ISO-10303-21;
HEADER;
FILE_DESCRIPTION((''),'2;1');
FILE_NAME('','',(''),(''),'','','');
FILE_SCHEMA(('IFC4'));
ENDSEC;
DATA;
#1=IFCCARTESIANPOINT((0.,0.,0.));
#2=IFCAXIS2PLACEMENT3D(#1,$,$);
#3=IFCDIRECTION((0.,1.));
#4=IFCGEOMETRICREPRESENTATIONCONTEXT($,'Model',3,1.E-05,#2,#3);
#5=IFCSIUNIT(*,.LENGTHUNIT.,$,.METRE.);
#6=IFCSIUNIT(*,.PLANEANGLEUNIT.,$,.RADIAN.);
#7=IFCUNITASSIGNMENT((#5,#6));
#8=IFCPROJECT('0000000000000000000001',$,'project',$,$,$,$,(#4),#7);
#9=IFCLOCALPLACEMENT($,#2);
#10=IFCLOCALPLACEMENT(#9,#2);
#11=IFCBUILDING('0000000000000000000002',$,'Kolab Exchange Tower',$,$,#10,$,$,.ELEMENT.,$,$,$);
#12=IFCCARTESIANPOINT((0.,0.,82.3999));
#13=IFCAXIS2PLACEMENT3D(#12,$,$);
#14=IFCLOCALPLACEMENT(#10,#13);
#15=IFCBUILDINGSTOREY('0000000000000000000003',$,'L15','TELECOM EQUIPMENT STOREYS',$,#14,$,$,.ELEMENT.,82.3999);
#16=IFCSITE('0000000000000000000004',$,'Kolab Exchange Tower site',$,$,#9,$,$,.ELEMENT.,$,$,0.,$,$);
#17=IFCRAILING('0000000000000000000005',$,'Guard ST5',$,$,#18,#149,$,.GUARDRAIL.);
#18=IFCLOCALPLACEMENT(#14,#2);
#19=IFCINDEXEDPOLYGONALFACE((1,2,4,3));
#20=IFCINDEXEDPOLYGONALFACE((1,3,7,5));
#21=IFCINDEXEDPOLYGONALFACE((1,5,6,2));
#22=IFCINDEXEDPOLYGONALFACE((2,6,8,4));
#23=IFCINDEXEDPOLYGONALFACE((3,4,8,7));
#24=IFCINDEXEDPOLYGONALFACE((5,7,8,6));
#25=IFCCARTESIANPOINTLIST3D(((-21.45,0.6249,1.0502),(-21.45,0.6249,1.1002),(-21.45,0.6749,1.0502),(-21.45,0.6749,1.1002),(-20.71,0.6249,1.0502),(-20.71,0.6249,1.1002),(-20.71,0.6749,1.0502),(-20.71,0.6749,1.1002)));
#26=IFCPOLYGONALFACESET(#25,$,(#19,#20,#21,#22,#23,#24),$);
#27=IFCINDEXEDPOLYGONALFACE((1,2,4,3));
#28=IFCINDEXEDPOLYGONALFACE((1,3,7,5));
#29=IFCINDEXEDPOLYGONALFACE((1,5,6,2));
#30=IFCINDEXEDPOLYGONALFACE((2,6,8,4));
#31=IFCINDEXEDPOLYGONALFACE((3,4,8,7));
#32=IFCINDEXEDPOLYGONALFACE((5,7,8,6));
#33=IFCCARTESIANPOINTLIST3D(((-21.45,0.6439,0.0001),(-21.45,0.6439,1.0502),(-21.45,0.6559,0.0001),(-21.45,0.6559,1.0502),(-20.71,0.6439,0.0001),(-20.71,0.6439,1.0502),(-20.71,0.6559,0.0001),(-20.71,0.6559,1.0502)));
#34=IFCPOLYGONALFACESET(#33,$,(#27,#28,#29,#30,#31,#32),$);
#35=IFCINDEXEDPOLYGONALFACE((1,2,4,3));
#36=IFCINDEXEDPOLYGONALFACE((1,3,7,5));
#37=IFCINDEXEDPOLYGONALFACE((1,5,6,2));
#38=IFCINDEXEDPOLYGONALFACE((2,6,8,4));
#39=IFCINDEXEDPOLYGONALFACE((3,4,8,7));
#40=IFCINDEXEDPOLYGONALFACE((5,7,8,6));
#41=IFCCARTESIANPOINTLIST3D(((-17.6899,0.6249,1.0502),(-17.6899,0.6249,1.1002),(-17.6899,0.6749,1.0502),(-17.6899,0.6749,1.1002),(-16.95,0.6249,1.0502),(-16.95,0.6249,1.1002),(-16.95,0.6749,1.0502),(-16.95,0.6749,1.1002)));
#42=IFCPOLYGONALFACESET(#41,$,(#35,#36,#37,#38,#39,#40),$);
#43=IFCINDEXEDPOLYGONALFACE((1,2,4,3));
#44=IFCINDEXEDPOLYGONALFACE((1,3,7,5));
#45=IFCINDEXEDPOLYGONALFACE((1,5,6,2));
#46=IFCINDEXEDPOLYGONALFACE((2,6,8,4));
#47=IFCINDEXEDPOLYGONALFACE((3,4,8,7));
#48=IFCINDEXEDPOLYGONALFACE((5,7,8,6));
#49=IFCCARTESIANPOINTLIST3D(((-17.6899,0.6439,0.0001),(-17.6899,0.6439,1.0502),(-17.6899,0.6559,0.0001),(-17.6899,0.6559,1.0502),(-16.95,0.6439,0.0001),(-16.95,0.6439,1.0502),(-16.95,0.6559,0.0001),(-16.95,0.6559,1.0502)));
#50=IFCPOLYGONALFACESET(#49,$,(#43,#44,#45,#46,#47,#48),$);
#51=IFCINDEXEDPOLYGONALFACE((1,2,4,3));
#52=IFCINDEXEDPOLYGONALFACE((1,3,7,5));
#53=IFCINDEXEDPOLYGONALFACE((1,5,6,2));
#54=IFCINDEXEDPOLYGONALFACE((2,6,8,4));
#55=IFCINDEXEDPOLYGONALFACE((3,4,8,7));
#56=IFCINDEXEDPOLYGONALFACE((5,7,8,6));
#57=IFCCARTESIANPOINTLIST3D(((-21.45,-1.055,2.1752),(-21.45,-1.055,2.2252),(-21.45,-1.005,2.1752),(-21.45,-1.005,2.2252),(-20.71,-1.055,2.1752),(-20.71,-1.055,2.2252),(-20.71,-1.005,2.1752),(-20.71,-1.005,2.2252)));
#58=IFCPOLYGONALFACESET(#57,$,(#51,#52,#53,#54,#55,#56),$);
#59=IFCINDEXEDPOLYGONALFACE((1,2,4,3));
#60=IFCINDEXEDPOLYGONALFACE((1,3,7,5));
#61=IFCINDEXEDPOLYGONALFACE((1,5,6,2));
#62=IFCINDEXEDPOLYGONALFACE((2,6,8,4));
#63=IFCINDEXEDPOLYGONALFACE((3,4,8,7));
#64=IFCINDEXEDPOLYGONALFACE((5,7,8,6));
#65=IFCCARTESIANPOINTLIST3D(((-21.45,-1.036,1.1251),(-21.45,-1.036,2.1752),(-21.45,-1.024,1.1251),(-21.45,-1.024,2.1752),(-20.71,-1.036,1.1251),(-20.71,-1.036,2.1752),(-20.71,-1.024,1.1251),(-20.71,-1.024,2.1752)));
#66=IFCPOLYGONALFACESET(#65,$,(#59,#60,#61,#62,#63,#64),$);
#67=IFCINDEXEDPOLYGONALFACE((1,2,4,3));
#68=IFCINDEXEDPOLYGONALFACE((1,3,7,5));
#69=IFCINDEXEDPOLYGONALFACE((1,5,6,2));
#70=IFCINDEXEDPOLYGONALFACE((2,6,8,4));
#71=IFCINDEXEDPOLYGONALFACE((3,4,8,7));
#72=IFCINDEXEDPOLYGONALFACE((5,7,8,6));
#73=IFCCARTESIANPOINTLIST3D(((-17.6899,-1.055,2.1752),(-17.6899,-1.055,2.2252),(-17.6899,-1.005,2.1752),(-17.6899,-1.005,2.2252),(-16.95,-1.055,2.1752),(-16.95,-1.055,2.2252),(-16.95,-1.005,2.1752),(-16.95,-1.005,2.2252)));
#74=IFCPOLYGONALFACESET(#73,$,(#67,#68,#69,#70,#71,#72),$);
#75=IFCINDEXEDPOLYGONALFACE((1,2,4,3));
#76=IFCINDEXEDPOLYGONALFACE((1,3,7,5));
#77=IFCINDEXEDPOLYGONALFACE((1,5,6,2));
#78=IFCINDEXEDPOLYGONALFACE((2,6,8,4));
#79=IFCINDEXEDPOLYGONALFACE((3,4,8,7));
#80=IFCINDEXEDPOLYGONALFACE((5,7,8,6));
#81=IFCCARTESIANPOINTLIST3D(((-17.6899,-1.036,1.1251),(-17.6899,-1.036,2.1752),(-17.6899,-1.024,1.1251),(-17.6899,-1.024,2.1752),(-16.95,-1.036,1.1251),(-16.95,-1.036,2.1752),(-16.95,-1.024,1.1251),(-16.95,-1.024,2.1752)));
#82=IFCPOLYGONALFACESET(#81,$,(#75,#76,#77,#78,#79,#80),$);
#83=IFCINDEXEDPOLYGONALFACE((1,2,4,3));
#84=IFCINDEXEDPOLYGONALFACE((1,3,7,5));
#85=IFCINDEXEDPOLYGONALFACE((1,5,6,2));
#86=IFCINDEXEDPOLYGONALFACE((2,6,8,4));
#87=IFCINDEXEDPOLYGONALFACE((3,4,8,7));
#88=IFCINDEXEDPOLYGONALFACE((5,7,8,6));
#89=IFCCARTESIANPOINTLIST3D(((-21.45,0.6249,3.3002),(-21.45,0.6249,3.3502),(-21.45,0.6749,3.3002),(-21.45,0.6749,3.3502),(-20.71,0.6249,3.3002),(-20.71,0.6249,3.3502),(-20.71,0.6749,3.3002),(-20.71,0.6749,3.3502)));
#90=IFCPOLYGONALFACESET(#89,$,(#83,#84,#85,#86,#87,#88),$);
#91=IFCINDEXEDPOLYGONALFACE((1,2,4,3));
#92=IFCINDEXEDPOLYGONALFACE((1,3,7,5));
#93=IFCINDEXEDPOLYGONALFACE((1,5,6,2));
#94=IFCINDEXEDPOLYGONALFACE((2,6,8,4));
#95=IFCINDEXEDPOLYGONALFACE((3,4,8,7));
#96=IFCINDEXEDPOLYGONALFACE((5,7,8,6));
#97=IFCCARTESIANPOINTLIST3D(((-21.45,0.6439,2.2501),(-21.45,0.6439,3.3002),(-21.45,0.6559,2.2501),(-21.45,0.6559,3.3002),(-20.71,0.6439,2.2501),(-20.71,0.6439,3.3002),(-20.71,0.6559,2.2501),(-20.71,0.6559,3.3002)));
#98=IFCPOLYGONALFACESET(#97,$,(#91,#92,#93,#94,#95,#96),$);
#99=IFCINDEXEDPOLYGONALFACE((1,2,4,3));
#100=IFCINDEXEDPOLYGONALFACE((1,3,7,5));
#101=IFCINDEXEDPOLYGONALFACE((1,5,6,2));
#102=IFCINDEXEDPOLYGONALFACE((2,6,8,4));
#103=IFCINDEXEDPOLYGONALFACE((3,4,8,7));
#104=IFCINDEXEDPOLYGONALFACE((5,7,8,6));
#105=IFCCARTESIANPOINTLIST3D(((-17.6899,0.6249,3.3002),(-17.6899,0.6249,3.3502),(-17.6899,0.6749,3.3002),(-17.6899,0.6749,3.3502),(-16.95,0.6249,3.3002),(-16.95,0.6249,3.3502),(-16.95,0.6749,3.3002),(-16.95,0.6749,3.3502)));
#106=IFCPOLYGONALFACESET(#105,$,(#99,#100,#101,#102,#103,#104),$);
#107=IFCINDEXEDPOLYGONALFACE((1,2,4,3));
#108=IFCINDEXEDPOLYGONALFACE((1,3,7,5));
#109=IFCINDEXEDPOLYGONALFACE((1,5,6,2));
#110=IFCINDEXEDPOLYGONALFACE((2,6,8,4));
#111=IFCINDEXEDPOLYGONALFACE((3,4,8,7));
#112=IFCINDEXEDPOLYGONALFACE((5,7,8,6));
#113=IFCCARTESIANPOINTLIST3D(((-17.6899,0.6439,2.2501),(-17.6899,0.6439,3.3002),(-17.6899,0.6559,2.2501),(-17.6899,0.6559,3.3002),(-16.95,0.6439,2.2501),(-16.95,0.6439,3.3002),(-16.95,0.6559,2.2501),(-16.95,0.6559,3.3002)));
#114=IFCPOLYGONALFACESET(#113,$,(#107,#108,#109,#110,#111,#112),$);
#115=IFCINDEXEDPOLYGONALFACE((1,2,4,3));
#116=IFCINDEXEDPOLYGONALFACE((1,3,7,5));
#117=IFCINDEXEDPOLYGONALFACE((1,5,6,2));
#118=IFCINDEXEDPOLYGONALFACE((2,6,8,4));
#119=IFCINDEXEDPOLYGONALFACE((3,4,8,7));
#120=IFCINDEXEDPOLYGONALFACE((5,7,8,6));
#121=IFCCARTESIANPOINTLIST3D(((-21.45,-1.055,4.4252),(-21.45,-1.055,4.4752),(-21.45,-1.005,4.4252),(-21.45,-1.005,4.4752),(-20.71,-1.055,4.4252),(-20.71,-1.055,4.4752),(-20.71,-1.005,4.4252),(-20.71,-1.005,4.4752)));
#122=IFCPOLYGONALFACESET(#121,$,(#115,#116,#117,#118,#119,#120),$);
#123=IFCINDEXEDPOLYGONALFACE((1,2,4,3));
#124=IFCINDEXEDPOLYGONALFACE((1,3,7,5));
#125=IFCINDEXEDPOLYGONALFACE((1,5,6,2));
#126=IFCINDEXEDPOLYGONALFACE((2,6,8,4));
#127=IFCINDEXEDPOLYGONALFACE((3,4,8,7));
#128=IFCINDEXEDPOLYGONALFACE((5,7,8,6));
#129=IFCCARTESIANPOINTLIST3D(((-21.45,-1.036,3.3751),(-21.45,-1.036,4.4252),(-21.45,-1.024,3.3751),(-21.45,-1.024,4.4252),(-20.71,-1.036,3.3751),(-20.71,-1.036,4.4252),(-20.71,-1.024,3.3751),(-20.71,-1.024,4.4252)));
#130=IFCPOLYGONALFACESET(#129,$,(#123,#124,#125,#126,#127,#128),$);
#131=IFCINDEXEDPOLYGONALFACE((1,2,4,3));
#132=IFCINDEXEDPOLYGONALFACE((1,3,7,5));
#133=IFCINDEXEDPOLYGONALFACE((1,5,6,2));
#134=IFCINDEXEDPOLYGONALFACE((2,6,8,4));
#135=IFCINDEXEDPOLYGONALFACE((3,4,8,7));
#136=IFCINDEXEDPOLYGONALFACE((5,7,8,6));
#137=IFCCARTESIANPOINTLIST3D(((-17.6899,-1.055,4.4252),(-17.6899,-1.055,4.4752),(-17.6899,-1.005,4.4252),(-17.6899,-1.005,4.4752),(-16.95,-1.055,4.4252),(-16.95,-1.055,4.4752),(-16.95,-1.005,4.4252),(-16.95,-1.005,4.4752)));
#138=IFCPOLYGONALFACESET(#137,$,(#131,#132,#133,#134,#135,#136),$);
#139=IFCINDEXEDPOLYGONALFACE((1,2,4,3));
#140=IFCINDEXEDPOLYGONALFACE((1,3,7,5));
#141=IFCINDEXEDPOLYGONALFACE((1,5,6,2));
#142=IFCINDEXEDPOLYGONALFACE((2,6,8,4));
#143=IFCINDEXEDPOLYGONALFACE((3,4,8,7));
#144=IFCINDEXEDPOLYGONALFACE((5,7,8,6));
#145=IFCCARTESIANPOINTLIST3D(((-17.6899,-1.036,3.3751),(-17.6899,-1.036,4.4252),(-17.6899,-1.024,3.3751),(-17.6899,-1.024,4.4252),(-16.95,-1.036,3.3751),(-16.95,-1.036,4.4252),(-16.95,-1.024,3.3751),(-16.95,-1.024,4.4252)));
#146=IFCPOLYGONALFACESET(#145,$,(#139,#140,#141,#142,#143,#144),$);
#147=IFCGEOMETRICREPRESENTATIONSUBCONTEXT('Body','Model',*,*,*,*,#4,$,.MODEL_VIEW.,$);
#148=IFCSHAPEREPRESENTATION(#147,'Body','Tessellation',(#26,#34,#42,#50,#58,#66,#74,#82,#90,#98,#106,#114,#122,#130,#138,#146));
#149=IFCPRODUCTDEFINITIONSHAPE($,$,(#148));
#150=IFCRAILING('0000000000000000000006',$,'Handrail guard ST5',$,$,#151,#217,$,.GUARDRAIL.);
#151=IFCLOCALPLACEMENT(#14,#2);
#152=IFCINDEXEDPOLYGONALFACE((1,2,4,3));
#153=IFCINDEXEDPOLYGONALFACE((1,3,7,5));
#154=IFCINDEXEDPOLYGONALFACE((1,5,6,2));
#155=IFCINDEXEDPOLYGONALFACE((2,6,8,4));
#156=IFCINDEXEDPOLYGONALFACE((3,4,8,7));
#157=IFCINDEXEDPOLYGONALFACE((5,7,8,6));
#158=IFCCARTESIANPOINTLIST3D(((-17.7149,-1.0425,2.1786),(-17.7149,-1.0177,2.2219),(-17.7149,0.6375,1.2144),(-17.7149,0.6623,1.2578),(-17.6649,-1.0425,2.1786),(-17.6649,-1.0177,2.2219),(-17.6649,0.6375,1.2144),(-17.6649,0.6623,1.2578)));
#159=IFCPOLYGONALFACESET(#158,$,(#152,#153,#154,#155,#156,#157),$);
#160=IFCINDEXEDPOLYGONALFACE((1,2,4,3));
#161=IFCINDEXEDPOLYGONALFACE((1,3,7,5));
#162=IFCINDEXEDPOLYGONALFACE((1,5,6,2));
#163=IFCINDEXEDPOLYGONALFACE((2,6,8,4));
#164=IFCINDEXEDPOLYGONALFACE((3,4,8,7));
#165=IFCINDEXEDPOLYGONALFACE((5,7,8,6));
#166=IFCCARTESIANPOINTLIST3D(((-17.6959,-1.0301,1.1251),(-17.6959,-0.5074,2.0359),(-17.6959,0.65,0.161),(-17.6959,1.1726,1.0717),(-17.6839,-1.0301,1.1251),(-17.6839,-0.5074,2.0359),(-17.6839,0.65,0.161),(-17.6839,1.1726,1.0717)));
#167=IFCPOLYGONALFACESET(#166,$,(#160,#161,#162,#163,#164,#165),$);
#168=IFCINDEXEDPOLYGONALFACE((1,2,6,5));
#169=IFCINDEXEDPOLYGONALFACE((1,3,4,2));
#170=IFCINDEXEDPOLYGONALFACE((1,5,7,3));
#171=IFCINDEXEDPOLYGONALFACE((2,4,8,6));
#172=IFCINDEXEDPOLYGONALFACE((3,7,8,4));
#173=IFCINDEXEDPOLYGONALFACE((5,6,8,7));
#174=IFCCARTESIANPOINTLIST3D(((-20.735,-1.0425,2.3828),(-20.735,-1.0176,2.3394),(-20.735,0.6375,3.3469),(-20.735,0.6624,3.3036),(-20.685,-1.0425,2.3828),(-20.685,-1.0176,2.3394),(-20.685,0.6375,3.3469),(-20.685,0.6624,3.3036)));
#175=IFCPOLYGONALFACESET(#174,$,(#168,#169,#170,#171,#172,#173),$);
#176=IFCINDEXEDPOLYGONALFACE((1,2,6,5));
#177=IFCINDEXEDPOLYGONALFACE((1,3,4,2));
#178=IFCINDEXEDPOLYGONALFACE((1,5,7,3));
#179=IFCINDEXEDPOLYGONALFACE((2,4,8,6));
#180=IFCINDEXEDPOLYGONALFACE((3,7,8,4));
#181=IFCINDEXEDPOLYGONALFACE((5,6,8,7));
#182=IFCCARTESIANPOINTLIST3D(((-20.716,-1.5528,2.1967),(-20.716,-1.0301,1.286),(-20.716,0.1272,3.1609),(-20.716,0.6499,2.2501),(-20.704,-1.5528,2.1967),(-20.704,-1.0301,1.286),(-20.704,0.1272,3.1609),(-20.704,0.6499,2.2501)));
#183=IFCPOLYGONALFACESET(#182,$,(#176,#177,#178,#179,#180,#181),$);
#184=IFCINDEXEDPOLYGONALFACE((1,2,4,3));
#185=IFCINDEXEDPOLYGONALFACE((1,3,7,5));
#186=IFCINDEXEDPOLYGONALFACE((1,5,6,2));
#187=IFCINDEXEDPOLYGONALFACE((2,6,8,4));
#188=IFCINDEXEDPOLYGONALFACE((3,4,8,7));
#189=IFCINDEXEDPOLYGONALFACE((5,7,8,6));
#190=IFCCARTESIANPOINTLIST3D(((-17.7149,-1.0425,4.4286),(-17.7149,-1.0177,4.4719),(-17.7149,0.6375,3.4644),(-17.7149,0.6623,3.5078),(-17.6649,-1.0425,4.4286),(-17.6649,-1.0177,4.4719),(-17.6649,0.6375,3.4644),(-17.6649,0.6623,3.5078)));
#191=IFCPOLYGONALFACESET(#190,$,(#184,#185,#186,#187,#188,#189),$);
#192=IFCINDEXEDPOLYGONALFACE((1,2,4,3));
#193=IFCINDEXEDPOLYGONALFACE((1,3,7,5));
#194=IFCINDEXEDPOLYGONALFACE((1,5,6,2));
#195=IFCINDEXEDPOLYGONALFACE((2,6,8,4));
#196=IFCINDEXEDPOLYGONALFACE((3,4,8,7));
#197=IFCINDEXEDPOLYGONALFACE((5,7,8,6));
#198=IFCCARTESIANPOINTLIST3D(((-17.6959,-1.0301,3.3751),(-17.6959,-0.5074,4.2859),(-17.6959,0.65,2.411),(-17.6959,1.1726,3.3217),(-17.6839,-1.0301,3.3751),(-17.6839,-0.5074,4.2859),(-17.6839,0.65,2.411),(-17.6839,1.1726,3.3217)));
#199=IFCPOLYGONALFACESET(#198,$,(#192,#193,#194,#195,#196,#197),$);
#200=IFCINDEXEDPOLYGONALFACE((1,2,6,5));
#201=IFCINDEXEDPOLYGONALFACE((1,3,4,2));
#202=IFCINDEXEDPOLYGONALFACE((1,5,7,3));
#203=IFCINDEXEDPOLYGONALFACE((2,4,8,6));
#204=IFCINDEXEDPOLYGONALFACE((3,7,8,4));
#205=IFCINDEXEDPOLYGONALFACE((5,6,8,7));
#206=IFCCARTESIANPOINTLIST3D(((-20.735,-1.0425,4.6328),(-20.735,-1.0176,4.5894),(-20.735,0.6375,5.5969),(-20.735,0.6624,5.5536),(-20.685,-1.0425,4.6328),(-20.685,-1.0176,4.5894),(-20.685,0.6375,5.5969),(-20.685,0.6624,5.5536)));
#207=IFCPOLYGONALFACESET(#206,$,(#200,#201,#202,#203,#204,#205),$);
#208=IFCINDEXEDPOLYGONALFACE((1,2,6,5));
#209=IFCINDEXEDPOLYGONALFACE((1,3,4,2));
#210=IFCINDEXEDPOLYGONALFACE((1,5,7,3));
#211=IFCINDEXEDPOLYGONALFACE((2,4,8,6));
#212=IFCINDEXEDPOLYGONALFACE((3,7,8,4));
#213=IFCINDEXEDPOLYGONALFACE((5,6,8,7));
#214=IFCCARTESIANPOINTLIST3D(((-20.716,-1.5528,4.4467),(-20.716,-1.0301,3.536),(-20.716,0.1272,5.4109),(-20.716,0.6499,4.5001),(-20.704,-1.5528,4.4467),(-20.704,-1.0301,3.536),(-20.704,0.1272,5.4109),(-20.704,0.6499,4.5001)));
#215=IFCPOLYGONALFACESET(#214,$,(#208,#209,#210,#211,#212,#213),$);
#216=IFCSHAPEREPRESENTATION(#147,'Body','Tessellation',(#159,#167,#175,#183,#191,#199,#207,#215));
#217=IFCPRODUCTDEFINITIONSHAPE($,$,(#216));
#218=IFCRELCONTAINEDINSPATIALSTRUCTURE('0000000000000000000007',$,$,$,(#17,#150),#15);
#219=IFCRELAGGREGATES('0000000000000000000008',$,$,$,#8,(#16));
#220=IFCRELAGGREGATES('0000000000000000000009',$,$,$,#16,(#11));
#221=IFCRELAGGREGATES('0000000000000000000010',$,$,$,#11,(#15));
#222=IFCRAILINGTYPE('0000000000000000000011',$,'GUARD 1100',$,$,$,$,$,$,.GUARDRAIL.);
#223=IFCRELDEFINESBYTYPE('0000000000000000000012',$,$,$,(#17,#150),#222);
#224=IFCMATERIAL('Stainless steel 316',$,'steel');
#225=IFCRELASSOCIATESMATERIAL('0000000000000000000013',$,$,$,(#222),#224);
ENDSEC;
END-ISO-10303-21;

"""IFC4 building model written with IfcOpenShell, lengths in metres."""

from ifc_helpers import new_model, si_unit, direction, frame, frame_2d, origin, origin_2d, place, context, subcontext, project, spatial, rectangle, extrude, material, type_object, element, save


model = new_model("IFC4")

# Units and contexts
model_context = context("Model", 3, precision=1e-05, world=origin(), true_north=direction((0.0, 1.0)))
body_context = subcontext(model_context, "Body", "Model", "MODEL_VIEW")
ifc_project = project(units=[si_unit("LENGTHUNIT", "METRE"), si_unit("PLANEANGLEUNIT", "RADIAN")], contexts=[model_context])

# Site, building, storey
site_placement = place(None, origin())
site = spatial("IfcSite", under=ifc_project, at=site_placement, Name="Kolab Exchange Tower site", CompositionType="ELEMENT", RefElevation=0.0)
building_placement = place(site_placement, origin())
building = spatial("IfcBuilding", under=site, at=building_placement, Name="Kolab Exchange Tower", CompositionType="ELEMENT")
storey_placement = place(building_placement, frame((0.0, 0.0, 82.3999)))
storey = spatial("IfcBuildingStorey", under=building, at=storey_placement, Name="L15", Description="TELECOM EQUIPMENT STOREYS", CompositionType="ELEMENT", Elevation=82.3999)

# Railings
ifc_material_1 = material(Name="Stainless steel 316", Category="steel")
railing_type = type_object("IfcRailingType", Name="GUARD 1100", PredefinedType="GUARDRAIL", material=ifc_material_1)
railing_1_placement = place(storey_placement, frame((-21.45, 0.6499, 0.0)))
element("IfcRailing", 1, at=railing_1_placement, inside=storey, type_object=railing_type, Name="Guard ST5", PredefinedType="GUARDRAIL", context=body_context, shape_type="SweptSolid", body=[
    extrude(rectangle(XDim=0.05, YDim=0.05, at=origin_2d()), frame((0.0, 0.0, 1.0752), z_axis=(1.0, 0.0, 0.0), x_axis=(0.0, 1.0, 0.0)), (0.0, 0.0, 1.0), 0.74),
    extrude(rectangle(XDim=0.012, YDim=1.0501, at=frame_2d((0.0, 0.5251))), frame((0.0, 0.0, 0.0), z_axis=(1.0, 0.0, 0.0), x_axis=(0.0, 1.0, 0.0)), (0.0, 0.0, 1.0), 0.74),
    extrude(rectangle(XDim=0.05, YDim=0.05, at=origin_2d()), frame((3.76, 0.0, 1.0752), z_axis=(1.0, 0.0, 0.0), x_axis=(0.0, 1.0, 0.0)), (0.0, 0.0, 1.0), 0.74),
    extrude(rectangle(XDim=0.012, YDim=1.0501, at=frame_2d((0.0, 0.5251))), frame((3.76, 0.0, 0.0), z_axis=(1.0, 0.0, 0.0), x_axis=(0.0, 1.0, 0.0)), (0.0, 0.0, 1.0), 0.74),
    extrude(rectangle(XDim=0.05, YDim=0.05, at=origin_2d()), frame((0.0, -1.6799, 2.2002), z_axis=(1.0, 0.0, 0.0), x_axis=(0.0, 1.0, 0.0)), (0.0, 0.0, 1.0), 0.74),
    extrude(rectangle(XDim=0.012, YDim=1.0501, at=frame_2d((0.0, 0.5251))), frame((0.0, -1.6799, 1.125), z_axis=(1.0, 0.0, 0.0), x_axis=(0.0, 1.0, 0.0)), (0.0, 0.0, 1.0), 0.74),
    extrude(rectangle(XDim=0.05, YDim=0.05, at=origin_2d()), frame((3.76, -1.6799, 2.2002), z_axis=(1.0, 0.0, 0.0), x_axis=(0.0, 1.0, 0.0)), (0.0, 0.0, 1.0), 0.74),
    extrude(rectangle(XDim=0.012, YDim=1.0501, at=frame_2d((0.0, 0.5251))), frame((3.76, -1.6799, 1.125), z_axis=(1.0, 0.0, 0.0), x_axis=(0.0, 1.0, 0.0)), (0.0, 0.0, 1.0), 0.74),
    extrude(rectangle(XDim=0.05, YDim=0.05, at=origin_2d()), frame((0.0, 0.0, 3.3252), z_axis=(1.0, 0.0, 0.0), x_axis=(0.0, 1.0, 0.0)), (0.0, 0.0, 1.0), 0.74),
    extrude(rectangle(XDim=0.012, YDim=1.0501, at=frame_2d((0.0, 0.5251))), frame((0.0, 0.0, 2.25), z_axis=(1.0, 0.0, 0.0), x_axis=(0.0, 1.0, 0.0)), (0.0, 0.0, 1.0), 0.74),
    extrude(rectangle(XDim=0.05, YDim=0.05, at=origin_2d()), frame((3.76, 0.0, 3.3252), z_axis=(1.0, 0.0, 0.0), x_axis=(0.0, 1.0, 0.0)), (0.0, 0.0, 1.0), 0.74),
    extrude(rectangle(XDim=0.012, YDim=1.0501, at=frame_2d((0.0, 0.5251))), frame((3.76, 0.0, 2.25), z_axis=(1.0, 0.0, 0.0), x_axis=(0.0, 1.0, 0.0)), (0.0, 0.0, 1.0), 0.74),
    extrude(rectangle(XDim=0.05, YDim=0.05, at=origin_2d()), frame((0.0, -1.6799, 4.4502), z_axis=(1.0, 0.0, 0.0), x_axis=(0.0, 1.0, 0.0)), (0.0, 0.0, 1.0), 0.74),
    extrude(rectangle(XDim=0.012, YDim=1.0501, at=frame_2d((0.0, 0.5251))), frame((0.0, -1.6799, 3.375), z_axis=(1.0, 0.0, 0.0), x_axis=(0.0, 1.0, 0.0)), (0.0, 0.0, 1.0), 0.74),
    extrude(rectangle(XDim=0.05, YDim=0.05, at=origin_2d()), frame((3.76, -1.6799, 4.4502), z_axis=(1.0, 0.0, 0.0), x_axis=(0.0, 1.0, 0.0)), (0.0, 0.0, 1.0), 0.74),
    extrude(rectangle(XDim=0.012, YDim=1.0501, at=frame_2d((0.0, 0.5251))), frame((3.76, -1.6799, 3.375), z_axis=(1.0, 0.0, 0.0), x_axis=(0.0, 1.0, 0.0)), (0.0, 0.0, 1.0), 0.74),
])
railing_2_placement = place(storey_placement, frame((-17.6899, 0.6499, 0.1609)))
element("IfcRailing", 2, at=railing_2_placement, inside=storey, type_object=railing_type, Name="Handrail guard ST5", PredefinedType="GUARDRAIL", context=body_context, shape_type="SweptSolid", body=[
    extrude(rectangle(XDim=0.05, YDim=0.05, at=origin_2d()), frame((0.0, 0.0, 1.0752), z_axis=(0.0, -0.867319, 0.497753), x_axis=(1.0, 0.0, 0.0)), (0.0, 0.0, 1.0), 1.937),
    extrude(rectangle(XDim=0.012, YDim=1.0501, at=frame_2d((0.0, 0.5251))), frame((0.0, 0.0, 0.0), z_axis=(0.0, -0.867319, 0.497753), x_axis=(1.0, 0.0, 0.0)), (0.0, 0.0, 1.0), 1.937),
    extrude(rectangle(XDim=0.05, YDim=0.05, at=origin_2d()), frame((-3.02, -1.6799, 2.2002), z_axis=(0.0, 0.867319, 0.497753), x_axis=(-1.0, 0.0, 0.0)), (0.0, 0.0, 1.0), 1.937),
    extrude(rectangle(XDim=0.012, YDim=1.0501, at=frame_2d((0.0, 0.5251))), frame((-3.02, -1.6799, 1.125), z_axis=(0.0, 0.867319, 0.497753), x_axis=(-1.0, 0.0, 0.0)), (0.0, 0.0, 1.0), 1.937),
    extrude(rectangle(XDim=0.05, YDim=0.05, at=origin_2d()), frame((0.0, 0.0, 3.3252), z_axis=(0.0, -0.867319, 0.497753), x_axis=(1.0, 0.0, 0.0)), (0.0, 0.0, 1.0), 1.937),
    extrude(rectangle(XDim=0.012, YDim=1.0501, at=frame_2d((0.0, 0.5251))), frame((0.0, 0.0, 2.25), z_axis=(0.0, -0.867319, 0.497753), x_axis=(1.0, 0.0, 0.0)), (0.0, 0.0, 1.0), 1.937),
    extrude(rectangle(XDim=0.05, YDim=0.05, at=origin_2d()), frame((-3.02, -1.6799, 4.4502), z_axis=(0.0, 0.867319, 0.497753), x_axis=(-1.0, 0.0, 0.0)), (0.0, 0.0, 1.0), 1.937),
    extrude(rectangle(XDim=0.012, YDim=1.0501, at=frame_2d((0.0, 0.5251))), frame((-3.02, -1.6799, 3.375), z_axis=(0.0, 0.867319, 0.497753), x_axis=(-1.0, 0.0, 0.0)), (0.0, 0.0, 1.0), 1.937),
])

save(model, "model.ifc")
